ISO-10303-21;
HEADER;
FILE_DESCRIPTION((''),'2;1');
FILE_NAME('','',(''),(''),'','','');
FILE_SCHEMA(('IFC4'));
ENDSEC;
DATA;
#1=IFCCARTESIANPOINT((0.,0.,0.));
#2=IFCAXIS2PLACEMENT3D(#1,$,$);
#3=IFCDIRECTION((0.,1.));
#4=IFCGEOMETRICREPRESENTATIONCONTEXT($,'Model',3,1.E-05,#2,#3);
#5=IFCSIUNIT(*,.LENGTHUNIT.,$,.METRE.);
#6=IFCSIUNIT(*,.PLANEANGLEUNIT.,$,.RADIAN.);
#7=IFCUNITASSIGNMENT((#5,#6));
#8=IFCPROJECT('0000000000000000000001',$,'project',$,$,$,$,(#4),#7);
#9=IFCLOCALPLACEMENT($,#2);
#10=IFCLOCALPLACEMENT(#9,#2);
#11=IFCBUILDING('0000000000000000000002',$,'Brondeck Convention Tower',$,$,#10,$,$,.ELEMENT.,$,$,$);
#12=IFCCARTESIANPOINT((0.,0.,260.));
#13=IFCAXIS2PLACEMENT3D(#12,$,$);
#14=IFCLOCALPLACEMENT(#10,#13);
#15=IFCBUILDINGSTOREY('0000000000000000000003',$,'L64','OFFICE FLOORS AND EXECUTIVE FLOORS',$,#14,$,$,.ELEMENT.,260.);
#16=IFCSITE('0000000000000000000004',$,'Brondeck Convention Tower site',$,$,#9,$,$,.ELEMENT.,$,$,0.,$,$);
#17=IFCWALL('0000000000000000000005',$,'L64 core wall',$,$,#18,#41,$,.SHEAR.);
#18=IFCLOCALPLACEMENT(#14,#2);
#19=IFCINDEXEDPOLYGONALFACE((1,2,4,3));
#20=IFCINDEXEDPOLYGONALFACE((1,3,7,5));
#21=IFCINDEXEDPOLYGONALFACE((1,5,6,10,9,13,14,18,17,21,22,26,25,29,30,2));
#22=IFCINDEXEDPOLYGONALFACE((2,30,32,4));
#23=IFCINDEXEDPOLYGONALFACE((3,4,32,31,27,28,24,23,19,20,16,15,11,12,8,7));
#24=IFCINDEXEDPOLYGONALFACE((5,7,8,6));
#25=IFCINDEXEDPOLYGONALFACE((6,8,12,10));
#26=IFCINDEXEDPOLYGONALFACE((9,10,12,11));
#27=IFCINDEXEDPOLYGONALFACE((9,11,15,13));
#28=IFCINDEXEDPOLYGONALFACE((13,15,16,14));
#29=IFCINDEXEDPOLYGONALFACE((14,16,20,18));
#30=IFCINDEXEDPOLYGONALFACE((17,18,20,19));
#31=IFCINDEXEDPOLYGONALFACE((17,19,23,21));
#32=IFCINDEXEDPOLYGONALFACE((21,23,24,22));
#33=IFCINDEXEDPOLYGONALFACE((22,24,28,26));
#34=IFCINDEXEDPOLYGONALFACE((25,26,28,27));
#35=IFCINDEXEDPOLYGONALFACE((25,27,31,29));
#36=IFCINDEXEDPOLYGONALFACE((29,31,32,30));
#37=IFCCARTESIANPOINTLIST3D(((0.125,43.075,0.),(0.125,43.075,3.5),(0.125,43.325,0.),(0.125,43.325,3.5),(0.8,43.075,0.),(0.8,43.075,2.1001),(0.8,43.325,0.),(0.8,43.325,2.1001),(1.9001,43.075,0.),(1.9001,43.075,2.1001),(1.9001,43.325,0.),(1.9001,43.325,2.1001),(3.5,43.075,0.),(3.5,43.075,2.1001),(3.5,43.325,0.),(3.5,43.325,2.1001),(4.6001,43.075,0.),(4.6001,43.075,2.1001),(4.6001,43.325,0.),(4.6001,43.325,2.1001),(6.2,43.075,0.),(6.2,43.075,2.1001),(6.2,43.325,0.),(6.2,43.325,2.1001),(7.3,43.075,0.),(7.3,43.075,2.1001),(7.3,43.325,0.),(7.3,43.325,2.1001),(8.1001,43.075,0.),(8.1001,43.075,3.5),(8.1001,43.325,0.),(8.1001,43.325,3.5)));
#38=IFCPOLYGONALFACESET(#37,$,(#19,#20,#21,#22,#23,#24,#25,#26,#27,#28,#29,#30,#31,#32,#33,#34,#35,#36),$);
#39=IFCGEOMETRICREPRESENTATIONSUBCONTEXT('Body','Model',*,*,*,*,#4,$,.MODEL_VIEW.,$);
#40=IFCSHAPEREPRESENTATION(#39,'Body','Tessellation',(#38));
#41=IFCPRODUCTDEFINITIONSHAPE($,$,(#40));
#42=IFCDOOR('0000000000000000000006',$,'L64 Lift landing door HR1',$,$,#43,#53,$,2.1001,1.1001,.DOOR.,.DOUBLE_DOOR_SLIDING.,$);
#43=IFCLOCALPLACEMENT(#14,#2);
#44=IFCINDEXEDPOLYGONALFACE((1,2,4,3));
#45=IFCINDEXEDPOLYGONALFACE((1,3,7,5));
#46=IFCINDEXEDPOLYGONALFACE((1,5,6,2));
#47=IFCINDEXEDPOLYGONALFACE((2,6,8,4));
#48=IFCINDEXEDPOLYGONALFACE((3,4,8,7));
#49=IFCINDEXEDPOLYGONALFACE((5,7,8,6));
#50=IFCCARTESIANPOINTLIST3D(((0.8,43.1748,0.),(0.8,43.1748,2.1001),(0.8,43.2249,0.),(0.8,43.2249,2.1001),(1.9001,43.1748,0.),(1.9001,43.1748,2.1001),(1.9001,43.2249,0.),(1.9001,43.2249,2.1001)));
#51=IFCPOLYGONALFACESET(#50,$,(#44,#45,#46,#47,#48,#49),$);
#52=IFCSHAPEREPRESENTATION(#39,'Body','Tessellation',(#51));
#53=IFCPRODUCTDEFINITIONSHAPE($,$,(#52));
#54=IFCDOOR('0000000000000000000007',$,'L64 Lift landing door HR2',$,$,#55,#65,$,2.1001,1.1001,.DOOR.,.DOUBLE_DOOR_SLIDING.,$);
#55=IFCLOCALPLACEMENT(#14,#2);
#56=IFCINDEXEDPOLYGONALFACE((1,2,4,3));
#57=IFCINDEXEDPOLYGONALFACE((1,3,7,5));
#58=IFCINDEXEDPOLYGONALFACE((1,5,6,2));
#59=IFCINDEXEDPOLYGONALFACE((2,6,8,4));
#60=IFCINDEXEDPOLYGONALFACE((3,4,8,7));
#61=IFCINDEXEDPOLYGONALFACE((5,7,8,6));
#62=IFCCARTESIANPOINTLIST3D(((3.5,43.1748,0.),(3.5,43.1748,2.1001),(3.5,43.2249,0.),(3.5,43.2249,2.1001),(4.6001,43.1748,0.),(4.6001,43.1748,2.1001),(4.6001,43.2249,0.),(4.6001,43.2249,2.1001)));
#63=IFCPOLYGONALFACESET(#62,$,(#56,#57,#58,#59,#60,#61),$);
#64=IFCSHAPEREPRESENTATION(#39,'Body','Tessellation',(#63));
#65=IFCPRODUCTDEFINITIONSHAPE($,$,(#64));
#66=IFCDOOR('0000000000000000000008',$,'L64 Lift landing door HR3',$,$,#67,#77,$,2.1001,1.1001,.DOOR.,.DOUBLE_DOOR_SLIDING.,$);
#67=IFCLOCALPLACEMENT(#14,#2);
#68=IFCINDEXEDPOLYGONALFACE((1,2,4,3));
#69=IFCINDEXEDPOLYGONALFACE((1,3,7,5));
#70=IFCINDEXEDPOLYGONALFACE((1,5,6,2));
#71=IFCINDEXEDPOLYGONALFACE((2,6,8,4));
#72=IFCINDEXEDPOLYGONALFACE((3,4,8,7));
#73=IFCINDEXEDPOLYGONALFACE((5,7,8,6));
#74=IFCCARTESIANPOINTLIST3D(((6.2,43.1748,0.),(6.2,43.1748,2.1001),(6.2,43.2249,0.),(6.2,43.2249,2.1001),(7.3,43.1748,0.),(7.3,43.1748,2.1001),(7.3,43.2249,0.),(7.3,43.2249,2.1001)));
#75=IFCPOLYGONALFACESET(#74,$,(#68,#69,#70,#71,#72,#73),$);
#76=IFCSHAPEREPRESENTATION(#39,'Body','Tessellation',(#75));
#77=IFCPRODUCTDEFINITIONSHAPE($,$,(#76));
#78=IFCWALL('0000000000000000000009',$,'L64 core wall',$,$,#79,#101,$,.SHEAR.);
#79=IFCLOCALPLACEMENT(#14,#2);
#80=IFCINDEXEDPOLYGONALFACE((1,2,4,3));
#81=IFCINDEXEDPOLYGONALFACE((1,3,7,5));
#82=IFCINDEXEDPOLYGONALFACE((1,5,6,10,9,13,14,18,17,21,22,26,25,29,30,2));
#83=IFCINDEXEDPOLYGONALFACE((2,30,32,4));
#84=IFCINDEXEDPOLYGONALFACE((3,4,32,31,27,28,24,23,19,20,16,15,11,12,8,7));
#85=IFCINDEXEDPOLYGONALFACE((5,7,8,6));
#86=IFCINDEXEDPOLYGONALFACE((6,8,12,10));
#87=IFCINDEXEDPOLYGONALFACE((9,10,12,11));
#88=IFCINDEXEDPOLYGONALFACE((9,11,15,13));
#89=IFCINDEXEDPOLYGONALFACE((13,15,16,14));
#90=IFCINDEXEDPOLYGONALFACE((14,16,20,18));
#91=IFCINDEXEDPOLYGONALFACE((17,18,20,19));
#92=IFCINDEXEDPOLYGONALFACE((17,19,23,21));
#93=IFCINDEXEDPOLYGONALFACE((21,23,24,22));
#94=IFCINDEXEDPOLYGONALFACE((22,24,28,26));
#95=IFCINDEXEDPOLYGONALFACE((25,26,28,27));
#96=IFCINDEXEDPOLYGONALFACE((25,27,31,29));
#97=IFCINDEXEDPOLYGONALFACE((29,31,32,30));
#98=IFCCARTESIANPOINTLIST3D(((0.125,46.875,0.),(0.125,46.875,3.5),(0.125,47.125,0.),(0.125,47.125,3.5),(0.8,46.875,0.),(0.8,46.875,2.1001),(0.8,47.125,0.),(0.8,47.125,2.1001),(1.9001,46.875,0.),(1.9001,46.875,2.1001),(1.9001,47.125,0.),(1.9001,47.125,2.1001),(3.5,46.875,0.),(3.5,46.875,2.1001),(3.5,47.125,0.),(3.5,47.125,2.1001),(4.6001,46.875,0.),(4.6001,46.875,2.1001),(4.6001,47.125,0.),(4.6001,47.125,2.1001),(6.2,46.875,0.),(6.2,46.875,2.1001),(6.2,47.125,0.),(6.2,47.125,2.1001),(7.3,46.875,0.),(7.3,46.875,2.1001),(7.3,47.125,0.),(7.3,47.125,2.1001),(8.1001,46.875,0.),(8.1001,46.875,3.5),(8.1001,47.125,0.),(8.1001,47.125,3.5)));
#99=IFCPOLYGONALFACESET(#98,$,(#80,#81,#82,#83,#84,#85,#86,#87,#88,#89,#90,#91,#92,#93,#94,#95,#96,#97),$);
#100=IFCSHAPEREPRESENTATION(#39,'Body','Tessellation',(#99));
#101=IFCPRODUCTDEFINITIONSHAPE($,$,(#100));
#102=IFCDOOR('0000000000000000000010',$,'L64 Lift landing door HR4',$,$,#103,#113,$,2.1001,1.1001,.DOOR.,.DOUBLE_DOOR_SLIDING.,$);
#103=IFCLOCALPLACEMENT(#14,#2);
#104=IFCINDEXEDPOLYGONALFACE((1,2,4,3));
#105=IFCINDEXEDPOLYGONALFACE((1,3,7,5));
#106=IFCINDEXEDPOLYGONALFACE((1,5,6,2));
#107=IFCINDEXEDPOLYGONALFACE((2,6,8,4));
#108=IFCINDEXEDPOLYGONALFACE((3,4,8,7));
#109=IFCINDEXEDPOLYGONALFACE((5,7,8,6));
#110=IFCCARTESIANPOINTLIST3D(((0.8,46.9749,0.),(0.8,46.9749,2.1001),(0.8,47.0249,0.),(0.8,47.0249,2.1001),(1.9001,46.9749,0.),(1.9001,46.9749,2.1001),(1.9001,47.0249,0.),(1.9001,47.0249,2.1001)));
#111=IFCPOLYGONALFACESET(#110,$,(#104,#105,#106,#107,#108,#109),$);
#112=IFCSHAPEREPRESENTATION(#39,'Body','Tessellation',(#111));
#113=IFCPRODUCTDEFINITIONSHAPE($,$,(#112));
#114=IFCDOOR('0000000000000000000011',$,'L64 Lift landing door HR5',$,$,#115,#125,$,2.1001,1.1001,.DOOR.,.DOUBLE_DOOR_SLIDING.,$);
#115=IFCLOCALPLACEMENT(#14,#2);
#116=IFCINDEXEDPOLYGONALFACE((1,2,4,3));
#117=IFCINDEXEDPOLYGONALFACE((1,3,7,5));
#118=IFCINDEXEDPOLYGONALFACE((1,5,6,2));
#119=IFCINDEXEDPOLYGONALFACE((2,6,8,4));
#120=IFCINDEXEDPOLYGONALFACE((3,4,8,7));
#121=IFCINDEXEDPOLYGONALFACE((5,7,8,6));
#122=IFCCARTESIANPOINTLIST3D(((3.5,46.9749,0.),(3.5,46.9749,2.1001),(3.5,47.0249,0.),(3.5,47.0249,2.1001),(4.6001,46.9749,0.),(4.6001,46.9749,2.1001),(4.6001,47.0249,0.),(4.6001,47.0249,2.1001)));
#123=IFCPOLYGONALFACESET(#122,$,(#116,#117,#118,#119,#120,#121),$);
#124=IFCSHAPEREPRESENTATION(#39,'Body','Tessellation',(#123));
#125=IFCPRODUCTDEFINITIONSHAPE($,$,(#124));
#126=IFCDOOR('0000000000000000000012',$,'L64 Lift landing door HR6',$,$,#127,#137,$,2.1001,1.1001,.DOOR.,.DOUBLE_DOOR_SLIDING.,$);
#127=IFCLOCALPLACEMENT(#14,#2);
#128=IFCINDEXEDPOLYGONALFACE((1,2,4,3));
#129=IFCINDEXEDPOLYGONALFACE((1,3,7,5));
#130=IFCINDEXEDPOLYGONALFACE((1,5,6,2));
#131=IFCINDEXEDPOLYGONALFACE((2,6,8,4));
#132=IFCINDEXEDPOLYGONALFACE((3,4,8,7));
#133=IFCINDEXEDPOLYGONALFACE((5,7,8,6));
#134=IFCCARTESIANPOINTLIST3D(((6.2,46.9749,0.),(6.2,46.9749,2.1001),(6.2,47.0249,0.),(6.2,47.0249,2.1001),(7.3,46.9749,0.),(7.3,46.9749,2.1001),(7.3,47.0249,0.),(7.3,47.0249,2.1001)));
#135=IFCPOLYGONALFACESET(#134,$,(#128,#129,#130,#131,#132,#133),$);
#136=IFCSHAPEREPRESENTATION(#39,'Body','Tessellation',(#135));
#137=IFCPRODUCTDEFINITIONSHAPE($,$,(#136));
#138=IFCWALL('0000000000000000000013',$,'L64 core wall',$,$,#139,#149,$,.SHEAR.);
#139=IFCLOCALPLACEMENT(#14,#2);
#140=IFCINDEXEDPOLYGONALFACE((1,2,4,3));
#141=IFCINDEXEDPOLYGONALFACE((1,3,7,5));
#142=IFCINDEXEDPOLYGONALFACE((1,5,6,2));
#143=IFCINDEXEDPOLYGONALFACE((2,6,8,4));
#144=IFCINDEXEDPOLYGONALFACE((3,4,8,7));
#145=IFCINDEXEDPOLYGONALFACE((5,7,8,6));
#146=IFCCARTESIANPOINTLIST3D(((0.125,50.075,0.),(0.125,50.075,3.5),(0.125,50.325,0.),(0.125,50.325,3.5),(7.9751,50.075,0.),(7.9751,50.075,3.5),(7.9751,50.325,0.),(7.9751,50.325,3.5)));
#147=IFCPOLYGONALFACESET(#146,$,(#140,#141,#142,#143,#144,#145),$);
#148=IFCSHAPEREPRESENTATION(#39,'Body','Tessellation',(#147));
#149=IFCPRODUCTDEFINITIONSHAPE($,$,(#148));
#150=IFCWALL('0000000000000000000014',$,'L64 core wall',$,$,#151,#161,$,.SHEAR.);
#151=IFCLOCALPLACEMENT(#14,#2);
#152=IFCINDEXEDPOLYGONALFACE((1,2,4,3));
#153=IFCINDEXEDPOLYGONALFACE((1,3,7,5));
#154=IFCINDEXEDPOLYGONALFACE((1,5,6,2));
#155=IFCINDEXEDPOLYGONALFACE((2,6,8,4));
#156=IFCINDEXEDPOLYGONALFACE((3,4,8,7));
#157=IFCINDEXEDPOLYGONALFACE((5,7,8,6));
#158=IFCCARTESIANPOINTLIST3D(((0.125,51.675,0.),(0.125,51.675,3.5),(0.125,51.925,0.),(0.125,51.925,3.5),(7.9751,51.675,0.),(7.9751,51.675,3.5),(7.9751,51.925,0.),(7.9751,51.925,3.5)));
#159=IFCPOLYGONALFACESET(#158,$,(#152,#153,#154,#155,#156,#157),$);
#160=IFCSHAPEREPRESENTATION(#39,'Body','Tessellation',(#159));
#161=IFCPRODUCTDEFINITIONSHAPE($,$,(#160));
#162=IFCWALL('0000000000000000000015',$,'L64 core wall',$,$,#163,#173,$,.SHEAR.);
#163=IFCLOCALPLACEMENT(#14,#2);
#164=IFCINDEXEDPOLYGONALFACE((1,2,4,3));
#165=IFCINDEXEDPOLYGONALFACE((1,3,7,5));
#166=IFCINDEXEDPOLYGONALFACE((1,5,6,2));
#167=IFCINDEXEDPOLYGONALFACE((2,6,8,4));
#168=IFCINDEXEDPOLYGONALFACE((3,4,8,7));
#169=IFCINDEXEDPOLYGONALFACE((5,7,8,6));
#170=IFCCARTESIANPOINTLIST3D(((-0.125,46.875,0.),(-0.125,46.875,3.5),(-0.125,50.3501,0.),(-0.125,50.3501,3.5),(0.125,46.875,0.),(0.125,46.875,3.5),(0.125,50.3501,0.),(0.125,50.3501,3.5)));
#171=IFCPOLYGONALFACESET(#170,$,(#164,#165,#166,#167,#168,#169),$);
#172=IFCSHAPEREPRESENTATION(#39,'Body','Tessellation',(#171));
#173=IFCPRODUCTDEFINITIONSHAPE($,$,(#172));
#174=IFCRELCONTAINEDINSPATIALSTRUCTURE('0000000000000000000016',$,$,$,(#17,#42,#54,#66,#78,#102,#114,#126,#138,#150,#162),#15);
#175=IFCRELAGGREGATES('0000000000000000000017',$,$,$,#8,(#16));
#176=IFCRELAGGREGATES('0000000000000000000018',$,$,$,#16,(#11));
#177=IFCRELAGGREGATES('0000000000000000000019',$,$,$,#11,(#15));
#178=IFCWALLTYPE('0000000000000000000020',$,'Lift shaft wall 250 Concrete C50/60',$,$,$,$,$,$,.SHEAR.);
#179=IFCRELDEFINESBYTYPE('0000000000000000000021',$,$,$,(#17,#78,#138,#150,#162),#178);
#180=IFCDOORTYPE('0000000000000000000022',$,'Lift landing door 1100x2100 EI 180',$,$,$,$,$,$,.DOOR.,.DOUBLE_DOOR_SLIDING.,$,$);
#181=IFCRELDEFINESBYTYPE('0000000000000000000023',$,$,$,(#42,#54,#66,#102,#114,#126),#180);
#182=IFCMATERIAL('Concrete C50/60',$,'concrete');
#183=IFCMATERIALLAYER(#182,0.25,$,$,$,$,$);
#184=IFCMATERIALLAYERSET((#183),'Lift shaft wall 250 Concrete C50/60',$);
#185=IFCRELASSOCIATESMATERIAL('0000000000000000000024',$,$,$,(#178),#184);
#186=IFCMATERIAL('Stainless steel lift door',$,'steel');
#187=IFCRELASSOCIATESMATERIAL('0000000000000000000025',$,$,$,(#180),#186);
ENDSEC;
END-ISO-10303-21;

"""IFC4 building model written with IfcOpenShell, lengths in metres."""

from ifc_helpers import new_model, si_unit, direction, frame, frame_2d, origin, place, context, subcontext, project, spatial, rectangle, extrude, material, layer, layer_set, type_object, element, fill, save


model = new_model("IFC4")

# Units and contexts
model_context = context("Model", 3, precision=1e-05, world=origin(), true_north=direction((0.0, 1.0)))
body_context = subcontext(model_context, "Body", "Model", "MODEL_VIEW")
ifc_project = project(units=[si_unit("LENGTHUNIT", "METRE"), si_unit("PLANEANGLEUNIT", "RADIAN")], contexts=[model_context])

# Site, building, storey
site_placement = place(None, origin())
site = spatial("IfcSite", under=ifc_project, at=site_placement, Name="Brondeck Convention Tower site", CompositionType="ELEMENT", RefElevation=0.0)
building_placement = place(site_placement, origin())
building = spatial("IfcBuilding", under=site, at=building_placement, Name="Brondeck Convention Tower", CompositionType="ELEMENT")
storey_placement = place(building_placement, frame((0.0, 0.0, 260.0)))
storey = spatial("IfcBuildingStorey", under=building, at=storey_placement, Name="L64", Description="OFFICE FLOORS AND EXECUTIVE FLOORS", CompositionType="ELEMENT", Elevation=260.0)

# Shared definitions
ifc_material_1 = material(Name="Concrete C50/60", Category="concrete")

# Walls, openings, doors
ifc_layer_1 = layer(ifc_material_1, 0.25)
ifc_layer_set_1 = layer_set([ifc_layer_1], Name="Lift shaft wall 250 Concrete C50/60")
wall_type_1 = type_object("IfcWallType", Name="Lift shaft wall 250 Concrete C50/60", PredefinedType="SHEAR", material=ifc_layer_set_1)
wall_1_placement = place(storey_placement, frame((0.125, 43.2, 0.0), z_axis=(0.0, 0.0, 1.0), x_axis=(1.0, 0.0, 0.0)))
wall_1 = element("IfcWall", 1, at=wall_1_placement, inside=storey, type_object=wall_type_1, Name="L64 core wall", PredefinedType="SHEAR", context=body_context, shape_type="SweptSolid", body=[
    extrude(rectangle(XDim=7.9751, YDim=0.25, at=frame_2d((3.9875, 0.0))), origin(), (0.0, 0.0, 1.0), 3.5),
])
opening_1_placement = place(wall_1_placement, frame((0.675, 0.0, 0.0)))
opening_1 = element("IfcOpeningElement", 2, at=opening_1_placement, cuts=wall_1, PredefinedType="OPENING", context=body_context, shape_type="SweptSolid", body=[
    extrude(rectangle(XDim=1.1001, YDim=2.1001, at=frame_2d((0.55, 1.05))), frame((0.0, 0.135, 0.0), z_axis=(0.0, -1.0, 0.0), x_axis=(1.0, 0.0, 0.0)), (0.0, 0.0, 1.0), 0.27),
])
opening_2_placement = place(wall_1_placement, frame((3.375, 0.0, 0.0)))
opening_2 = element("IfcOpeningElement", 3, at=opening_2_placement, cuts=wall_1, PredefinedType="OPENING", context=body_context, shape_type="SweptSolid", body=[
    extrude(rectangle(XDim=1.1001, YDim=2.1001, at=frame_2d((0.55, 1.05))), frame((0.0, 0.135, 0.0), z_axis=(0.0, -1.0, 0.0), x_axis=(1.0, 0.0, 0.0)), (0.0, 0.0, 1.0), 0.27),
])
opening_3_placement = place(wall_1_placement, frame((6.075, 0.0, 0.0)))
opening_3 = element("IfcOpeningElement", 4, at=opening_3_placement, cuts=wall_1, PredefinedType="OPENING", context=body_context, shape_type="SweptSolid", body=[
    extrude(rectangle(XDim=1.1001, YDim=2.1001, at=frame_2d((0.55, 1.05))), frame((0.0, 0.135, 0.0), z_axis=(0.0, -1.0, 0.0), x_axis=(1.0, 0.0, 0.0)), (0.0, 0.0, 1.0), 0.27),
])
ifc_material_2 = material(Name="Stainless steel lift door", Category="steel")
door_type_1 = type_object("IfcDoorType", Name="Lift landing door 1100x2100 EI 180", OperationType="DOUBLE_DOOR_SLIDING", PredefinedType="DOOR", material=ifc_material_2)
door_1_placement = place(opening_1_placement, origin())
door_1 = element("IfcDoor", 5, at=door_1_placement, inside=storey, type_object=door_type_1, Name="L64 Lift landing door HR1", OperationType="DOUBLE_DOOR_SLIDING", OverallHeight=2.1001, OverallWidth=1.1001, PredefinedType="DOOR", context=body_context, shape_type="SweptSolid", body=[
    extrude(rectangle(XDim=1.1001, YDim=2.1001, at=frame_2d((0.55, 1.05))), frame((0.0, 0.0249, 0.0), z_axis=(0.0, -1.0, 0.0), x_axis=(1.0, 0.0, 0.0)), (0.0, 0.0, 1.0), 0.05),
])
fill(opening_1, door_1)
door_2_placement = place(opening_2_placement, origin())
door_2 = element("IfcDoor", 6, at=door_2_placement, inside=storey, type_object=door_type_1, Name="L64 Lift landing door HR2", OperationType="DOUBLE_DOOR_SLIDING", OverallHeight=2.1001, OverallWidth=1.1001, PredefinedType="DOOR", context=body_context, shape_type="SweptSolid", body=[
    extrude(rectangle(XDim=1.1001, YDim=2.1001, at=frame_2d((0.55, 1.05))), frame((0.0, 0.0249, 0.0), z_axis=(0.0, -1.0, 0.0), x_axis=(1.0, 0.0, 0.0)), (0.0, 0.0, 1.0), 0.05),
])
fill(opening_2, door_2)
door_3_placement = place(opening_3_placement, origin())
door_3 = element("IfcDoor", 7, at=door_3_placement, inside=storey, type_object=door_type_1, Name="L64 Lift landing door HR3", OperationType="DOUBLE_DOOR_SLIDING", OverallHeight=2.1001, OverallWidth=1.1001, PredefinedType="DOOR", context=body_context, shape_type="SweptSolid", body=[
    extrude(rectangle(XDim=1.1001, YDim=2.1001, at=frame_2d((0.55, 1.05))), frame((0.0, 0.0249, 0.0), z_axis=(0.0, -1.0, 0.0), x_axis=(1.0, 0.0, 0.0)), (0.0, 0.0, 1.0), 0.05),
])
fill(opening_3, door_3)
wall_2_placement = place(storey_placement, frame((0.125, 47.0, 0.0), z_axis=(0.0, 0.0, 1.0), x_axis=(1.0, 0.0, 0.0)))
wall_2 = element("IfcWall", 8, at=wall_2_placement, inside=storey, type_object=wall_type_1, Name="L64 core wall", PredefinedType="SHEAR", context=body_context, shape_type="SweptSolid", body=[
    extrude(rectangle(XDim=7.9751, YDim=0.25, at=frame_2d((3.9875, 0.0))), origin(), (0.0, 0.0, 1.0), 3.5),
])
opening_4_placement = place(wall_2_placement, frame((0.675, 0.0, 0.0)))
opening_4 = element("IfcOpeningElement", 9, at=opening_4_placement, cuts=wall_2, PredefinedType="OPENING", context=body_context, shape_type="SweptSolid", body=[
    extrude(rectangle(XDim=1.1001, YDim=2.1001, at=frame_2d((0.55, 1.05))), frame((0.0, 0.135, 0.0), z_axis=(0.0, -1.0, 0.0), x_axis=(1.0, 0.0, 0.0)), (0.0, 0.0, 1.0), 0.27),
])
opening_5_placement = place(wall_2_placement, frame((3.375, 0.0, 0.0)))
opening_5 = element("IfcOpeningElement", 10, at=opening_5_placement, cuts=wall_2, PredefinedType="OPENING", context=body_context, shape_type="SweptSolid", body=[
    extrude(rectangle(XDim=1.1001, YDim=2.1001, at=frame_2d((0.55, 1.05))), frame((0.0, 0.135, 0.0), z_axis=(0.0, -1.0, 0.0), x_axis=(1.0, 0.0, 0.0)), (0.0, 0.0, 1.0), 0.27),
])
opening_6_placement = place(wall_2_placement, frame((6.075, 0.0, 0.0)))
opening_6 = element("IfcOpeningElement", 11, at=opening_6_placement, cuts=wall_2, PredefinedType="OPENING", context=body_context, shape_type="SweptSolid", body=[
    extrude(rectangle(XDim=1.1001, YDim=2.1001, at=frame_2d((0.55, 1.05))), frame((0.0, 0.135, 0.0), z_axis=(0.0, -1.0, 0.0), x_axis=(1.0, 0.0, 0.0)), (0.0, 0.0, 1.0), 0.27),
])
door_4_placement = place(opening_4_placement, origin())
door_4 = element("IfcDoor", 12, at=door_4_placement, inside=storey, type_object=door_type_1, Name="L64 Lift landing door HR4", OperationType="DOUBLE_DOOR_SLIDING", OverallHeight=2.1001, OverallWidth=1.1001, PredefinedType="DOOR", context=body_context, shape_type="SweptSolid", body=[
    extrude(rectangle(XDim=1.1001, YDim=2.1001, at=frame_2d((0.55, 1.05))), frame((0.0, 0.0249, 0.0), z_axis=(0.0, -1.0, 0.0), x_axis=(1.0, 0.0, 0.0)), (0.0, 0.0, 1.0), 0.05),
])
fill(opening_4, door_4)
door_5_placement = place(opening_5_placement, origin())
door_5 = element("IfcDoor", 13, at=door_5_placement, inside=storey, type_object=door_type_1, Name="L64 Lift landing door HR5", OperationType="DOUBLE_DOOR_SLIDING", OverallHeight=2.1001, OverallWidth=1.1001, PredefinedType="DOOR", context=body_context, shape_type="SweptSolid", body=[
    extrude(rectangle(XDim=1.1001, YDim=2.1001, at=frame_2d((0.55, 1.05))), frame((0.0, 0.0249, 0.0), z_axis=(0.0, -1.0, 0.0), x_axis=(1.0, 0.0, 0.0)), (0.0, 0.0, 1.0), 0.05),
])
fill(opening_5, door_5)
door_6_placement = place(opening_6_placement, origin())
door_6 = element("IfcDoor", 14, at=door_6_placement, inside=storey, type_object=door_type_1, Name="L64 Lift landing door HR6", OperationType="DOUBLE_DOOR_SLIDING", OverallHeight=2.1001, OverallWidth=1.1001, PredefinedType="DOOR", context=body_context, shape_type="SweptSolid", body=[
    extrude(rectangle(XDim=1.1001, YDim=2.1001, at=frame_2d((0.55, 1.05))), frame((0.0, 0.0249, 0.0), z_axis=(0.0, -1.0, 0.0), x_axis=(1.0, 0.0, 0.0)), (0.0, 0.0, 1.0), 0.05),
])
fill(opening_6, door_6)

# Walls
for number, where, z_axis, x_axis, name in (
    (15, (0.125, 50.2, 0.0), (0.0, 0.0, 1.0), (1.0, 0.0, 0.0), "L64 core wall"),
    (16, (0.125, 51.8, 0.0), (0.0, 0.0, 1.0), (1.0, 0.0, 0.0), "L64 core wall"),
):
    element("IfcWall", number, at=place(storey_placement, frame(where, z_axis=z_axis, x_axis=x_axis)), inside=storey, type_object=wall_type_1, Name=name, PredefinedType="SHEAR", context=body_context, shape_type="SweptSolid", body=[
        extrude(rectangle(XDim=7.8501, YDim=0.25, at=frame_2d((3.925, 0.0))), origin(), (0.0, 0.0, 1.0), 3.5),
    ])
wall_3_placement = place(storey_placement, frame((0.0, 46.875, 0.0), z_axis=(0.0, 0.0, 1.0), x_axis=(0.0, 1.0, 0.0)))
element("IfcWall", 17, at=wall_3_placement, inside=storey, type_object=wall_type_1, Name="L64 core wall", PredefinedType="SHEAR", context=body_context, shape_type="SweptSolid", body=[
    extrude(rectangle(XDim=3.4751, YDim=0.25, at=frame_2d((1.7375, 0.0))), origin(), (0.0, 0.0, 1.0), 3.5),
])

save(model, "model.ifc")
